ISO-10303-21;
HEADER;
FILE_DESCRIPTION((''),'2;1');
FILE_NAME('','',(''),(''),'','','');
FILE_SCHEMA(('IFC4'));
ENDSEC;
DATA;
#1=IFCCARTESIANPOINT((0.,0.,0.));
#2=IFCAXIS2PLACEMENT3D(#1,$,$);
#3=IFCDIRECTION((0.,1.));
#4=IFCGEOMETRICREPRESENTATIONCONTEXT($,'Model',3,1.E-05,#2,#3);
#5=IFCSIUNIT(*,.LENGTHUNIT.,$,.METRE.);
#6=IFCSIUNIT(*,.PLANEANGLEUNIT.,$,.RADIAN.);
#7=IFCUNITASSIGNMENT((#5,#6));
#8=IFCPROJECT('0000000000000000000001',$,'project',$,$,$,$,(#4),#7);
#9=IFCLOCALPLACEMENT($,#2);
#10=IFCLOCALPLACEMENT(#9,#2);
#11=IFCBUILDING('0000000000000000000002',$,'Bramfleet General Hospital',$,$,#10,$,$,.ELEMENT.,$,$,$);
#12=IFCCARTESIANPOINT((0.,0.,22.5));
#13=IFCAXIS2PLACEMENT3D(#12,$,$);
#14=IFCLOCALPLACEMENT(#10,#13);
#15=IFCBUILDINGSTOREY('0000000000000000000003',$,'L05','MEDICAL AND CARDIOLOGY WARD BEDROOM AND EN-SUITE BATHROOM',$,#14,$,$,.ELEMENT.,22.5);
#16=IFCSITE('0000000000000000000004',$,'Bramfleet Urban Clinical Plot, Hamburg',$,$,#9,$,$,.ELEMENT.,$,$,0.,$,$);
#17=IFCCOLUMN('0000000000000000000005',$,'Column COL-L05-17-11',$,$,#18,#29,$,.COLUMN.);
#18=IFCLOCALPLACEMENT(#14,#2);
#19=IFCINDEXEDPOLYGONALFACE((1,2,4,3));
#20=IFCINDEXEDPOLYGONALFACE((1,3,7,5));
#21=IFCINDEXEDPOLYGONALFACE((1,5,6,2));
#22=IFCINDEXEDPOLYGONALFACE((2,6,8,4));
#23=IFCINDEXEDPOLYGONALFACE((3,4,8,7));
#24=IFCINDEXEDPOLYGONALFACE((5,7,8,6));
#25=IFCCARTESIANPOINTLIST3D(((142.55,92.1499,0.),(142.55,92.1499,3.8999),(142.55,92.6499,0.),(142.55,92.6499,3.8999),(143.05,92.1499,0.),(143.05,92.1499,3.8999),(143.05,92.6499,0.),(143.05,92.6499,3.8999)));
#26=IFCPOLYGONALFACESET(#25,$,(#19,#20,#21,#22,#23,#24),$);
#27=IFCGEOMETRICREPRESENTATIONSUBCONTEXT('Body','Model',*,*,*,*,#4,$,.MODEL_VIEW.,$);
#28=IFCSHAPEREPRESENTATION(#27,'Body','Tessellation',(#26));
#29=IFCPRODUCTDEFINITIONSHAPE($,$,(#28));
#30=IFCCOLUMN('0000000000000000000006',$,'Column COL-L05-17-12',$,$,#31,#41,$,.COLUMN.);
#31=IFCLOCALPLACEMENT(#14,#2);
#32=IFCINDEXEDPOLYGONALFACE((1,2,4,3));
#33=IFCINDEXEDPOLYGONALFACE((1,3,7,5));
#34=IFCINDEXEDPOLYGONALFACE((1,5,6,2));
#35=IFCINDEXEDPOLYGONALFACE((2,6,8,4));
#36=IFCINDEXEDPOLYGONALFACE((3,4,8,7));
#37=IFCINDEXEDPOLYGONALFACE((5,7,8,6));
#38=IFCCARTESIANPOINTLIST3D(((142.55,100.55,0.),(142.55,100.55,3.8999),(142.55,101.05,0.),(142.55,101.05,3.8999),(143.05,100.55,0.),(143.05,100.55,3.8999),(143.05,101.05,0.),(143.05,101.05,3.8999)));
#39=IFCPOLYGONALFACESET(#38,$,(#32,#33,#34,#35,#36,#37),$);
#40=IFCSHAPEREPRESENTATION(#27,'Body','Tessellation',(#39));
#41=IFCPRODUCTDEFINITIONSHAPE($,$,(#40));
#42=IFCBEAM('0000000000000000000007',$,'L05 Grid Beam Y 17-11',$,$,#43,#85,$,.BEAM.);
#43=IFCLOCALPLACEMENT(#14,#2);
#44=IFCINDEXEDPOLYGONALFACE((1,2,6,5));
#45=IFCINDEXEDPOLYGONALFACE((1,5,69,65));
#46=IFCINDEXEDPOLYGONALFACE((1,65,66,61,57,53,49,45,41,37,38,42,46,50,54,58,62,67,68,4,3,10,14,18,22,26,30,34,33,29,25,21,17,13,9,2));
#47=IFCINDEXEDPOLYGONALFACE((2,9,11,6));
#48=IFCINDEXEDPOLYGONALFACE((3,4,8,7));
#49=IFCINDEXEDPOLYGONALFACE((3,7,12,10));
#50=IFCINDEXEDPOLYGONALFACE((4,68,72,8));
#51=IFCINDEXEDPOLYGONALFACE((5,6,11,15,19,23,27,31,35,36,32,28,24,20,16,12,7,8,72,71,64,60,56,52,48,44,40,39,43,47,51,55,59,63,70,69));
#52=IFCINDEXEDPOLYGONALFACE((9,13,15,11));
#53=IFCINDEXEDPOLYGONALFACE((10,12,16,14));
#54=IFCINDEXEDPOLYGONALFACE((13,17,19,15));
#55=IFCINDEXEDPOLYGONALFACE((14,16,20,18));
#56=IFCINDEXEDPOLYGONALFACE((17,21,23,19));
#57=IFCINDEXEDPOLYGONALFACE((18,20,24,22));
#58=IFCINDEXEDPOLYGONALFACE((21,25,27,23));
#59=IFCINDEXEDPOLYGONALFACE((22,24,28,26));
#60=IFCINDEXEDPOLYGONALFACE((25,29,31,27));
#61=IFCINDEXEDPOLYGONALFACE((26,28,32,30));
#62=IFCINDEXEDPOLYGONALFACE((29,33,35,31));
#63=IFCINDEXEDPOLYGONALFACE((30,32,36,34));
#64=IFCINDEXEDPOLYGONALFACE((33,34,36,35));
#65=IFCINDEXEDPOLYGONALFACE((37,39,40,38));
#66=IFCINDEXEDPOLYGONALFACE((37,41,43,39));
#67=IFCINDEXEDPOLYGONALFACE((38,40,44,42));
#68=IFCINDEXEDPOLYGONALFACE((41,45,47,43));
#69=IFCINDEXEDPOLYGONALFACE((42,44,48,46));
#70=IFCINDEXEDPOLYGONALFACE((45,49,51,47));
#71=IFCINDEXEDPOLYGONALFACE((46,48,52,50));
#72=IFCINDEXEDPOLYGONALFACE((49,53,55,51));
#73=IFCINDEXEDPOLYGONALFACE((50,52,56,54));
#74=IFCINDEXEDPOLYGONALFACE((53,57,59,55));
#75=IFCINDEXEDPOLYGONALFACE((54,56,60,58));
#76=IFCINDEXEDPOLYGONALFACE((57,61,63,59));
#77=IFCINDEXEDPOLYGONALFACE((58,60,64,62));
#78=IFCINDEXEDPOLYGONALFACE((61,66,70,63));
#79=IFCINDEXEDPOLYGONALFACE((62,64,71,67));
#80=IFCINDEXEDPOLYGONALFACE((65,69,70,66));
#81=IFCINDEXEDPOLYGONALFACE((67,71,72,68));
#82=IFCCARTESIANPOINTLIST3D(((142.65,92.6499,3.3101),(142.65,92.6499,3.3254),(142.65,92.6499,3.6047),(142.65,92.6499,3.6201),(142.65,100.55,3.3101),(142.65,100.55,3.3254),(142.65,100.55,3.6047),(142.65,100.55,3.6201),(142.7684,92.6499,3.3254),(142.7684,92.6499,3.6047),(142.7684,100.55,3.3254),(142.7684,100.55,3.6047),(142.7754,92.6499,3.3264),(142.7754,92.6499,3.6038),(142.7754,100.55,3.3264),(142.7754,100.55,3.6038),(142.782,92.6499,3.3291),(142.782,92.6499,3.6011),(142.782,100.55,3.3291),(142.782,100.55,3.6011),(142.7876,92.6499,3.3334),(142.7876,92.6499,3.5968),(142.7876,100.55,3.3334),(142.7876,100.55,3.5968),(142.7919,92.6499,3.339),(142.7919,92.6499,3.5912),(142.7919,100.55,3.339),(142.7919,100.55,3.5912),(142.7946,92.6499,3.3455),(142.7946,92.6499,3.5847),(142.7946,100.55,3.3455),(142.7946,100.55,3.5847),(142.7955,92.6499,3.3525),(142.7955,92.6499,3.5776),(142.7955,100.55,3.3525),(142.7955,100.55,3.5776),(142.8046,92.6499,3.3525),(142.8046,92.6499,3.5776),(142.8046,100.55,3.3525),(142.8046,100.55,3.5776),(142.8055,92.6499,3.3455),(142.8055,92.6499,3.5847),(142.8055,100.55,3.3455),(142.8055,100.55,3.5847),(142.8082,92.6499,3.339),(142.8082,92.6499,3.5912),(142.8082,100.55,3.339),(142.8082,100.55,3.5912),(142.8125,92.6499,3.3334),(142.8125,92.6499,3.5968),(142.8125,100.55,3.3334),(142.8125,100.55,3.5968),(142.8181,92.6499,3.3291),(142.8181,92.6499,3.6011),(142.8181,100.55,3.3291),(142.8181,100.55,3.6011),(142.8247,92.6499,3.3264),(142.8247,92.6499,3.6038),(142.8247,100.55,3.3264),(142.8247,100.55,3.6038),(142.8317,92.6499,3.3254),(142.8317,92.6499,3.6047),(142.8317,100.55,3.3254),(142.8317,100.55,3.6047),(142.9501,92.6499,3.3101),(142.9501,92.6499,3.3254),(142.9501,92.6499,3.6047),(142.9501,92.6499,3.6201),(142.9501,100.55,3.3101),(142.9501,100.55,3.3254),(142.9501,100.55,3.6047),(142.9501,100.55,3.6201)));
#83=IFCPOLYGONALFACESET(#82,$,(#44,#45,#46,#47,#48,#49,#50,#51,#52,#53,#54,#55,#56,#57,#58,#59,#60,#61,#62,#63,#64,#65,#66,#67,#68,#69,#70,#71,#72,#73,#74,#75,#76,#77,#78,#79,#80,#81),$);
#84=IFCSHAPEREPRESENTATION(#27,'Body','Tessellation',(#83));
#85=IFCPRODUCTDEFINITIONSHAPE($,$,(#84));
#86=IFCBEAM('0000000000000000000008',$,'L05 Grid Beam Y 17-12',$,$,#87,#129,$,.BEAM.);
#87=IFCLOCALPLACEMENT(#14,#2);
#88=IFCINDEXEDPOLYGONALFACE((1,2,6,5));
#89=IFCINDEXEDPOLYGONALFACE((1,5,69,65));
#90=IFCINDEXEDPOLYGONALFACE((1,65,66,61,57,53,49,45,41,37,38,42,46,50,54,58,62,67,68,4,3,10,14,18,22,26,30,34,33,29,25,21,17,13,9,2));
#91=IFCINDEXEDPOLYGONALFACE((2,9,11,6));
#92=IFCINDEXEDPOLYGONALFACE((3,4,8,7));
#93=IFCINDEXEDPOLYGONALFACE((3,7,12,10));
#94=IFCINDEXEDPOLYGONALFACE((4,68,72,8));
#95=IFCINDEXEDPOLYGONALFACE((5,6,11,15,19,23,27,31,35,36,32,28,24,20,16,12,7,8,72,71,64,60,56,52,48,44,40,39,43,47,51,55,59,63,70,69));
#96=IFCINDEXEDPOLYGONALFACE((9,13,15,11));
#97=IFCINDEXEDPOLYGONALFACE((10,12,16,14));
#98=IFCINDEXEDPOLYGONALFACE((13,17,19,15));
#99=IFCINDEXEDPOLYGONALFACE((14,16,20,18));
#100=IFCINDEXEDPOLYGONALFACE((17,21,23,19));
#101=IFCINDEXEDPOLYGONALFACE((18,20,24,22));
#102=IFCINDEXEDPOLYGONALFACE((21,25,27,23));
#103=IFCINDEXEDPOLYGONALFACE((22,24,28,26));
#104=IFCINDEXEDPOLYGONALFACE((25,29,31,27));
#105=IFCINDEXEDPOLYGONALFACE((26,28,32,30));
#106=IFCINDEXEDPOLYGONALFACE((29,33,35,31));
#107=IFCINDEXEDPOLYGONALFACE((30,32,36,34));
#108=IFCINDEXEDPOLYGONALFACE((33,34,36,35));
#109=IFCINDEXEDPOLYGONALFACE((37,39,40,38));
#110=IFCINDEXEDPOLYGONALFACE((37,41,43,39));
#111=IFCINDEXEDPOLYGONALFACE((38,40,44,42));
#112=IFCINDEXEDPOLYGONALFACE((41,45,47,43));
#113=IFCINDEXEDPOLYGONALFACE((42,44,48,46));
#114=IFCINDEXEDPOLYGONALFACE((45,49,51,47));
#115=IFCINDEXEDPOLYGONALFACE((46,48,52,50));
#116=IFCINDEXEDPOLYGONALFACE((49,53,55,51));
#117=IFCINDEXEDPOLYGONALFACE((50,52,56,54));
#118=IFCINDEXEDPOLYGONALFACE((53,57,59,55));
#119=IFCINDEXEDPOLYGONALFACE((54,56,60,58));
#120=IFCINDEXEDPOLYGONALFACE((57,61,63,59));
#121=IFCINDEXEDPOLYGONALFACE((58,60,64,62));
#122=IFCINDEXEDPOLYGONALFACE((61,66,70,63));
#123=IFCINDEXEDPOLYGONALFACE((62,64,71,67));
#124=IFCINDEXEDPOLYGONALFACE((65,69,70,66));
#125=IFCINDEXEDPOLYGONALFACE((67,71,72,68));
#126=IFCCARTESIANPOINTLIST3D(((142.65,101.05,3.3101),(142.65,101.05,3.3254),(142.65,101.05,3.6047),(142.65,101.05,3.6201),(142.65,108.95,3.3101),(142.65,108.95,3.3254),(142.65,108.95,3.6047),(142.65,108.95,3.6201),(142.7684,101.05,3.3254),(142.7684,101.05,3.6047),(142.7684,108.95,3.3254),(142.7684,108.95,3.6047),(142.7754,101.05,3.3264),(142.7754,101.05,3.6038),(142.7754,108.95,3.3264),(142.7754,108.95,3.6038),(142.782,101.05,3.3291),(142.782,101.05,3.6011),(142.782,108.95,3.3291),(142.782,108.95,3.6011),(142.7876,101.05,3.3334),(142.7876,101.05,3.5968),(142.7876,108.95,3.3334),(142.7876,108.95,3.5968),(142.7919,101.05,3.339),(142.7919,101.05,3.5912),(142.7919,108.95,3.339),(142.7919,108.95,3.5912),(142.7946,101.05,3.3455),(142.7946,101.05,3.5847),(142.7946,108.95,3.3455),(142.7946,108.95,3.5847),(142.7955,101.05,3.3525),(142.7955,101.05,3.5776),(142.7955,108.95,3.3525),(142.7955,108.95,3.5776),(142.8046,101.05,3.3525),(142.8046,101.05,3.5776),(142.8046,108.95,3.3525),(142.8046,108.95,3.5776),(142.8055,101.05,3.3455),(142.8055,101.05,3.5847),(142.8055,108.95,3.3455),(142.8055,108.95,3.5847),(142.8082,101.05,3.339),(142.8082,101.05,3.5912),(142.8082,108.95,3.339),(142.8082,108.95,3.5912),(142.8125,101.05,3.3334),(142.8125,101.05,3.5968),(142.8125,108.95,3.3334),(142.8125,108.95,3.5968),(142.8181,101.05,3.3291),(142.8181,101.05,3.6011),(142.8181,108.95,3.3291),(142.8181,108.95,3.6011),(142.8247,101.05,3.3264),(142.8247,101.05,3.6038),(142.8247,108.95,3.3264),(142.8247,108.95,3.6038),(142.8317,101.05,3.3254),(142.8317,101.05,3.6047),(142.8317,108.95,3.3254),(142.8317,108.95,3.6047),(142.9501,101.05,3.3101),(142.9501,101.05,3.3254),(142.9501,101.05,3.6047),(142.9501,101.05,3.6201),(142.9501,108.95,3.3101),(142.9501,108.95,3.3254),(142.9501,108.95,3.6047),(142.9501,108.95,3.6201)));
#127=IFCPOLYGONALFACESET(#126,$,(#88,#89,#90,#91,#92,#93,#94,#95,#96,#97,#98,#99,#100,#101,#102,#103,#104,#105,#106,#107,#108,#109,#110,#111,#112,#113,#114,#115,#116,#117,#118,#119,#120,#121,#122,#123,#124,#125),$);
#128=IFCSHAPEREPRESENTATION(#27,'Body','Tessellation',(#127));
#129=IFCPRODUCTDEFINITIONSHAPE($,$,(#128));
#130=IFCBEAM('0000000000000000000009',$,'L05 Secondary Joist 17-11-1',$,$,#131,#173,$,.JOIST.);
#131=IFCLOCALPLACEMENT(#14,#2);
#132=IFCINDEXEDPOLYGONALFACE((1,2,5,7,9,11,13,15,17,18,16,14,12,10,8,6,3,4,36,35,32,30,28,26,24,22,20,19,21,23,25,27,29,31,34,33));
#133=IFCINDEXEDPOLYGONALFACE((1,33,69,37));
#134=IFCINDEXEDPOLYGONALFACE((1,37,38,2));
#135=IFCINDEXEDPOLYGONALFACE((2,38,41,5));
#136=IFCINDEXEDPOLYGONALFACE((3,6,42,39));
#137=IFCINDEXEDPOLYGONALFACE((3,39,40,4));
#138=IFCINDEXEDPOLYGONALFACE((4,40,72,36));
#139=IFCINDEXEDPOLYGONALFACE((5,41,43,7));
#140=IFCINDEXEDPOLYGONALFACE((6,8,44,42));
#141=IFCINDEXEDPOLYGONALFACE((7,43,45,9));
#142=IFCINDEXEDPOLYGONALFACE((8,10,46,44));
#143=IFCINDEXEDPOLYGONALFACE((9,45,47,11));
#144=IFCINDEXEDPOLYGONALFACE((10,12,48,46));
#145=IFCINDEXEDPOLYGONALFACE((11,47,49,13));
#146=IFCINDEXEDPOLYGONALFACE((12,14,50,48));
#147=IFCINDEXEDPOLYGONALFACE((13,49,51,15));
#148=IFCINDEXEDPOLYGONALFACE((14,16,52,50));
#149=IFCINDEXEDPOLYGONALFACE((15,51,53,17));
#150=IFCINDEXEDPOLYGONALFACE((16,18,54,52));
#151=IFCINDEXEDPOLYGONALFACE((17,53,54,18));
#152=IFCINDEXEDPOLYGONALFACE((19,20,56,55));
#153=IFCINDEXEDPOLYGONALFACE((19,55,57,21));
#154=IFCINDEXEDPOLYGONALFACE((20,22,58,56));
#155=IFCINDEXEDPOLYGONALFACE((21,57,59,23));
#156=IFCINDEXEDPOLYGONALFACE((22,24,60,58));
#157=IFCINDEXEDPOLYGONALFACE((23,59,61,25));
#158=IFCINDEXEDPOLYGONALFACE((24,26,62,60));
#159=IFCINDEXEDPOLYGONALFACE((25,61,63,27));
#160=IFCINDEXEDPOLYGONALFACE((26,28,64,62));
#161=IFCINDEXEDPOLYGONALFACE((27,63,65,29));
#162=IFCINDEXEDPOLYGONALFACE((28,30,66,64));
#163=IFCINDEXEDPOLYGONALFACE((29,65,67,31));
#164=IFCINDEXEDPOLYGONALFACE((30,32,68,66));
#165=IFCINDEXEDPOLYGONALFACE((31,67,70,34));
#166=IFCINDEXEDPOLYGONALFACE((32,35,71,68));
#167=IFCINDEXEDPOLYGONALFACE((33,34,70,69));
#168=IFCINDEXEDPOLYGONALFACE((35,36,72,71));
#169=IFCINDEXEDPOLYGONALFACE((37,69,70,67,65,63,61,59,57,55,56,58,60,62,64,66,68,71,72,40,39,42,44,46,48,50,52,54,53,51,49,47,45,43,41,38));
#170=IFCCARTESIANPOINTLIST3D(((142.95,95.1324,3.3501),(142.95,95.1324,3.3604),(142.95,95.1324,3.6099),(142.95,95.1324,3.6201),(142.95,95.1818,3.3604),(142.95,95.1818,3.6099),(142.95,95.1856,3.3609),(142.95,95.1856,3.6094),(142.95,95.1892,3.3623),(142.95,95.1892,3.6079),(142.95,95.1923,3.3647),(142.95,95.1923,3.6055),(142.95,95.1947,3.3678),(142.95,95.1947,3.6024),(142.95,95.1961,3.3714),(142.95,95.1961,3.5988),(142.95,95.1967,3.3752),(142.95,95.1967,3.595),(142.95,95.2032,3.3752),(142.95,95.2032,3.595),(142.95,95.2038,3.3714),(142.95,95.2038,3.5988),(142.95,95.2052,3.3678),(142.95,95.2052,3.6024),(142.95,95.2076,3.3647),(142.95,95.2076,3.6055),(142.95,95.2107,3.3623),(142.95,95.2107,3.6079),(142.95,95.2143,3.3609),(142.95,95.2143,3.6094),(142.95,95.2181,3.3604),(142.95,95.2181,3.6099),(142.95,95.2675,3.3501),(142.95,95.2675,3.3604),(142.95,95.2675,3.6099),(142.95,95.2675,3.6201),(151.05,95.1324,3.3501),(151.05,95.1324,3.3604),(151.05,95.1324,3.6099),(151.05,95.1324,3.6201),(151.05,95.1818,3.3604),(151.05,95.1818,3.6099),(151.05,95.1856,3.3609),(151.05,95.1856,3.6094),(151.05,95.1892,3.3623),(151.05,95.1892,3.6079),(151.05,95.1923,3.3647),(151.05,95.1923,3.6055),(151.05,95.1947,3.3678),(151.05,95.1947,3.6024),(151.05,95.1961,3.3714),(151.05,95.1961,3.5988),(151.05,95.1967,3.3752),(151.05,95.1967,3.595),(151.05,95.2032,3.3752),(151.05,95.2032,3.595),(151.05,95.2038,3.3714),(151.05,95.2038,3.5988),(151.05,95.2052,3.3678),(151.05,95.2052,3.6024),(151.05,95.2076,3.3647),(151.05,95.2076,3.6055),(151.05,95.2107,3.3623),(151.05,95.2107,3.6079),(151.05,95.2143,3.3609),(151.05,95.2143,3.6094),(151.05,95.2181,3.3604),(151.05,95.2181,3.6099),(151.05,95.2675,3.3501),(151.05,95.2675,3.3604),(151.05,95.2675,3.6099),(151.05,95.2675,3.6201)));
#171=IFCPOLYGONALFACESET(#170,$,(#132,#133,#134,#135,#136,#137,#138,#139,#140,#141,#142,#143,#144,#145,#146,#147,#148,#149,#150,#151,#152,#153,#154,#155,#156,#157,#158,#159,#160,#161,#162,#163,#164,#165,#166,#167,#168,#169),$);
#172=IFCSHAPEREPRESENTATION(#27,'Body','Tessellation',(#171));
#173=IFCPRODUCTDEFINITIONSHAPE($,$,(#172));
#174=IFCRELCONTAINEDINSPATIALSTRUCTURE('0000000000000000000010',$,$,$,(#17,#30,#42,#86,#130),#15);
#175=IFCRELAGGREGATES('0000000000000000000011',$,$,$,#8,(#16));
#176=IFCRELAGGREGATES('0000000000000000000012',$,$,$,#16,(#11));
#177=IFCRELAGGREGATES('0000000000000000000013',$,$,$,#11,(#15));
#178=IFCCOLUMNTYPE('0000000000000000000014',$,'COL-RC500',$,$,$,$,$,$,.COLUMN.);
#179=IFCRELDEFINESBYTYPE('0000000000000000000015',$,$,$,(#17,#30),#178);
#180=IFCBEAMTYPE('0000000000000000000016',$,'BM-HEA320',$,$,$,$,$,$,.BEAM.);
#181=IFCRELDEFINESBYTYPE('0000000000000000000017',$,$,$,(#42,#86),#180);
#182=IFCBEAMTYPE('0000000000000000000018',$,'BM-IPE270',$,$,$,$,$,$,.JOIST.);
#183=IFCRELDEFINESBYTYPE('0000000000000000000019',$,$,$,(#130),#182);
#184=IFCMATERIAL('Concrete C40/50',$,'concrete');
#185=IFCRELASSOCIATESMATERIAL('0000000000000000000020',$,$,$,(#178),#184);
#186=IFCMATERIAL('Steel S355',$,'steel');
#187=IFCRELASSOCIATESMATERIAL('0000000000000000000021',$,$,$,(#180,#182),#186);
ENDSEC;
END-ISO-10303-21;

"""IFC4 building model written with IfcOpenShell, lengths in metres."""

from ifc_helpers import new_model, si_unit, direction, frame, origin, origin_2d, place, context, subcontext, project, spatial, rectangle, i_section, extrude, material, material_profile, profile_set, type_object, element, save


model = new_model("IFC4")

# Units and contexts
model_context = context("Model", 3, precision=1e-05, world=origin(), true_north=direction((0.0, 1.0)))
body_context = subcontext(model_context, "Body", "Model", "MODEL_VIEW")
ifc_project = project(units=[si_unit("LENGTHUNIT", "METRE"), si_unit("PLANEANGLEUNIT", "RADIAN")], contexts=[model_context])

# Site, building, storey
site_placement = place(None, origin())
site = spatial("IfcSite", under=ifc_project, at=site_placement, Name="Bramfleet Urban Clinical Plot, Hamburg", CompositionType="ELEMENT", RefElevation=0.0)
building_placement = place(site_placement, origin())
building = spatial("IfcBuilding", under=site, at=building_placement, Name="Bramfleet General Hospital", CompositionType="ELEMENT")
storey_placement = place(building_placement, frame((0.0, 0.0, 22.5)))
storey = spatial("IfcBuildingStorey", under=building, at=storey_placement, Name="L05", Description="MEDICAL AND CARDIOLOGY WARD BEDROOM AND EN-SUITE BATHROOM", CompositionType="ELEMENT", Elevation=22.5)

# Columns
ifc_material_1 = material(Name="Concrete C40/50", Category="concrete")
ifc_material_profile_1 = material_profile(ifc_material_1, rectangle(XDim=0.5, YDim=0.5, at=origin_2d()), Name="RC COL 500x500")
ifc_profile_set_1 = profile_set([ifc_material_profile_1], Name="Concrete C40/50")
column_type = type_object("IfcColumnType", Name="COL-RC500", PredefinedType="COLUMN", material=ifc_profile_set_1)
for number, where, z_axis, x_axis, name in (
    (1, (142.8, 92.3999, 0.0), (0.0, 0.0, 1.0), (1.0, 0.0, 0.0), "Column COL-L05-17-11"),
    (2, (142.8, 100.8, 0.0), (0.0, 0.0, 1.0), (1.0, 0.0, 0.0), "Column COL-L05-17-12"),
):
    element("IfcColumn", number, at=place(storey_placement, frame(where, z_axis=z_axis, x_axis=x_axis)), inside=storey, type_object=column_type, Name=name, PredefinedType="COLUMN", context=body_context, shape_type="SweptSolid", body=[
        extrude(rectangle(XDim=0.5, YDim=0.5, at=origin_2d()), origin(), (0.0, 0.0, 1.0), 3.8999),
    ])

# Beams
ifc_material_2 = material(Name="Steel S355", Category="steel")
ifc_material_profile_2 = material_profile(ifc_material_2, i_section(OverallWidth=0.3, OverallDepth=0.3101, WebThickness=0.009, FlangeThickness=0.0154, FilletRadius=0.0271, at=origin_2d()), Name="HEA 320")
ifc_profile_set_2 = profile_set([ifc_material_profile_2], Name="Steel S355")
beam_type_1 = type_object("IfcBeamType", Name="BM-HEA320", PredefinedType="BEAM", material=ifc_profile_set_2)
beam_1_placement = place(storey_placement, frame((142.8, 92.6499, 3.4651), z_axis=(0.0, 1.0, 0.0), x_axis=(-1.0, 0.0, 0.0)))
element("IfcBeam", 3, at=beam_1_placement, inside=storey, type_object=beam_type_1, Name="L05 Grid Beam Y 17-11", PredefinedType="BEAM", context=body_context, shape_type="SweptSolid", body=[
    extrude(i_section(OverallWidth=0.3, OverallDepth=0.3101, WebThickness=0.009, FlangeThickness=0.0154, FilletRadius=0.0271, at=origin_2d()), origin(), (0.0, 0.0, 1.0), 7.9001),
])
beam_2_placement = place(storey_placement, frame((142.8, 101.05, 3.4651), z_axis=(0.0, 1.0, 0.0), x_axis=(-1.0, 0.0, 0.0)))
element("IfcBeam", 4, at=beam_2_placement, inside=storey, type_object=beam_type_1, Name="L05 Grid Beam Y 17-12", PredefinedType="BEAM", context=body_context, shape_type="SweptSolid", body=[
    extrude(i_section(OverallWidth=0.3, OverallDepth=0.3101, WebThickness=0.009, FlangeThickness=0.0154, FilletRadius=0.0271, at=origin_2d()), origin(), (0.0, 0.0, 1.0), 7.8999),
])
ifc_material_profile_3 = material_profile(ifc_material_2, i_section(OverallWidth=0.135, OverallDepth=0.27, WebThickness=0.0066, FlangeThickness=0.0103, FilletRadius=0.0149, at=origin_2d()), Name="IPE 270")
ifc_profile_set_3 = profile_set([ifc_material_profile_3], Name="Steel S355")
beam_type_2 = type_object("IfcBeamType", Name="BM-IPE270", PredefinedType="JOIST", material=ifc_profile_set_3)
for number, where, z_axis, x_axis, name in (
    (5, (142.95, 95.2, 3.4851), (1.0, 0.0, 0.0), (0.0, 1.0, 0.0), "L05 Secondary Joist 17-11-1"),
):
    element("IfcBeam", number, at=place(storey_placement, frame(where, z_axis=z_axis, x_axis=x_axis)), inside=storey, type_object=beam_type_2, Name=name, PredefinedType="JOIST", context=body_context, shape_type="SweptSolid", body=[
        extrude(i_section(OverallWidth=0.135, OverallDepth=0.27, WebThickness=0.0066, FlangeThickness=0.0103, FilletRadius=0.0149, at=origin_2d()), origin(), (0.0, 0.0, 1.0), 8.1001),
    ])

save(model, "model.ifc")
